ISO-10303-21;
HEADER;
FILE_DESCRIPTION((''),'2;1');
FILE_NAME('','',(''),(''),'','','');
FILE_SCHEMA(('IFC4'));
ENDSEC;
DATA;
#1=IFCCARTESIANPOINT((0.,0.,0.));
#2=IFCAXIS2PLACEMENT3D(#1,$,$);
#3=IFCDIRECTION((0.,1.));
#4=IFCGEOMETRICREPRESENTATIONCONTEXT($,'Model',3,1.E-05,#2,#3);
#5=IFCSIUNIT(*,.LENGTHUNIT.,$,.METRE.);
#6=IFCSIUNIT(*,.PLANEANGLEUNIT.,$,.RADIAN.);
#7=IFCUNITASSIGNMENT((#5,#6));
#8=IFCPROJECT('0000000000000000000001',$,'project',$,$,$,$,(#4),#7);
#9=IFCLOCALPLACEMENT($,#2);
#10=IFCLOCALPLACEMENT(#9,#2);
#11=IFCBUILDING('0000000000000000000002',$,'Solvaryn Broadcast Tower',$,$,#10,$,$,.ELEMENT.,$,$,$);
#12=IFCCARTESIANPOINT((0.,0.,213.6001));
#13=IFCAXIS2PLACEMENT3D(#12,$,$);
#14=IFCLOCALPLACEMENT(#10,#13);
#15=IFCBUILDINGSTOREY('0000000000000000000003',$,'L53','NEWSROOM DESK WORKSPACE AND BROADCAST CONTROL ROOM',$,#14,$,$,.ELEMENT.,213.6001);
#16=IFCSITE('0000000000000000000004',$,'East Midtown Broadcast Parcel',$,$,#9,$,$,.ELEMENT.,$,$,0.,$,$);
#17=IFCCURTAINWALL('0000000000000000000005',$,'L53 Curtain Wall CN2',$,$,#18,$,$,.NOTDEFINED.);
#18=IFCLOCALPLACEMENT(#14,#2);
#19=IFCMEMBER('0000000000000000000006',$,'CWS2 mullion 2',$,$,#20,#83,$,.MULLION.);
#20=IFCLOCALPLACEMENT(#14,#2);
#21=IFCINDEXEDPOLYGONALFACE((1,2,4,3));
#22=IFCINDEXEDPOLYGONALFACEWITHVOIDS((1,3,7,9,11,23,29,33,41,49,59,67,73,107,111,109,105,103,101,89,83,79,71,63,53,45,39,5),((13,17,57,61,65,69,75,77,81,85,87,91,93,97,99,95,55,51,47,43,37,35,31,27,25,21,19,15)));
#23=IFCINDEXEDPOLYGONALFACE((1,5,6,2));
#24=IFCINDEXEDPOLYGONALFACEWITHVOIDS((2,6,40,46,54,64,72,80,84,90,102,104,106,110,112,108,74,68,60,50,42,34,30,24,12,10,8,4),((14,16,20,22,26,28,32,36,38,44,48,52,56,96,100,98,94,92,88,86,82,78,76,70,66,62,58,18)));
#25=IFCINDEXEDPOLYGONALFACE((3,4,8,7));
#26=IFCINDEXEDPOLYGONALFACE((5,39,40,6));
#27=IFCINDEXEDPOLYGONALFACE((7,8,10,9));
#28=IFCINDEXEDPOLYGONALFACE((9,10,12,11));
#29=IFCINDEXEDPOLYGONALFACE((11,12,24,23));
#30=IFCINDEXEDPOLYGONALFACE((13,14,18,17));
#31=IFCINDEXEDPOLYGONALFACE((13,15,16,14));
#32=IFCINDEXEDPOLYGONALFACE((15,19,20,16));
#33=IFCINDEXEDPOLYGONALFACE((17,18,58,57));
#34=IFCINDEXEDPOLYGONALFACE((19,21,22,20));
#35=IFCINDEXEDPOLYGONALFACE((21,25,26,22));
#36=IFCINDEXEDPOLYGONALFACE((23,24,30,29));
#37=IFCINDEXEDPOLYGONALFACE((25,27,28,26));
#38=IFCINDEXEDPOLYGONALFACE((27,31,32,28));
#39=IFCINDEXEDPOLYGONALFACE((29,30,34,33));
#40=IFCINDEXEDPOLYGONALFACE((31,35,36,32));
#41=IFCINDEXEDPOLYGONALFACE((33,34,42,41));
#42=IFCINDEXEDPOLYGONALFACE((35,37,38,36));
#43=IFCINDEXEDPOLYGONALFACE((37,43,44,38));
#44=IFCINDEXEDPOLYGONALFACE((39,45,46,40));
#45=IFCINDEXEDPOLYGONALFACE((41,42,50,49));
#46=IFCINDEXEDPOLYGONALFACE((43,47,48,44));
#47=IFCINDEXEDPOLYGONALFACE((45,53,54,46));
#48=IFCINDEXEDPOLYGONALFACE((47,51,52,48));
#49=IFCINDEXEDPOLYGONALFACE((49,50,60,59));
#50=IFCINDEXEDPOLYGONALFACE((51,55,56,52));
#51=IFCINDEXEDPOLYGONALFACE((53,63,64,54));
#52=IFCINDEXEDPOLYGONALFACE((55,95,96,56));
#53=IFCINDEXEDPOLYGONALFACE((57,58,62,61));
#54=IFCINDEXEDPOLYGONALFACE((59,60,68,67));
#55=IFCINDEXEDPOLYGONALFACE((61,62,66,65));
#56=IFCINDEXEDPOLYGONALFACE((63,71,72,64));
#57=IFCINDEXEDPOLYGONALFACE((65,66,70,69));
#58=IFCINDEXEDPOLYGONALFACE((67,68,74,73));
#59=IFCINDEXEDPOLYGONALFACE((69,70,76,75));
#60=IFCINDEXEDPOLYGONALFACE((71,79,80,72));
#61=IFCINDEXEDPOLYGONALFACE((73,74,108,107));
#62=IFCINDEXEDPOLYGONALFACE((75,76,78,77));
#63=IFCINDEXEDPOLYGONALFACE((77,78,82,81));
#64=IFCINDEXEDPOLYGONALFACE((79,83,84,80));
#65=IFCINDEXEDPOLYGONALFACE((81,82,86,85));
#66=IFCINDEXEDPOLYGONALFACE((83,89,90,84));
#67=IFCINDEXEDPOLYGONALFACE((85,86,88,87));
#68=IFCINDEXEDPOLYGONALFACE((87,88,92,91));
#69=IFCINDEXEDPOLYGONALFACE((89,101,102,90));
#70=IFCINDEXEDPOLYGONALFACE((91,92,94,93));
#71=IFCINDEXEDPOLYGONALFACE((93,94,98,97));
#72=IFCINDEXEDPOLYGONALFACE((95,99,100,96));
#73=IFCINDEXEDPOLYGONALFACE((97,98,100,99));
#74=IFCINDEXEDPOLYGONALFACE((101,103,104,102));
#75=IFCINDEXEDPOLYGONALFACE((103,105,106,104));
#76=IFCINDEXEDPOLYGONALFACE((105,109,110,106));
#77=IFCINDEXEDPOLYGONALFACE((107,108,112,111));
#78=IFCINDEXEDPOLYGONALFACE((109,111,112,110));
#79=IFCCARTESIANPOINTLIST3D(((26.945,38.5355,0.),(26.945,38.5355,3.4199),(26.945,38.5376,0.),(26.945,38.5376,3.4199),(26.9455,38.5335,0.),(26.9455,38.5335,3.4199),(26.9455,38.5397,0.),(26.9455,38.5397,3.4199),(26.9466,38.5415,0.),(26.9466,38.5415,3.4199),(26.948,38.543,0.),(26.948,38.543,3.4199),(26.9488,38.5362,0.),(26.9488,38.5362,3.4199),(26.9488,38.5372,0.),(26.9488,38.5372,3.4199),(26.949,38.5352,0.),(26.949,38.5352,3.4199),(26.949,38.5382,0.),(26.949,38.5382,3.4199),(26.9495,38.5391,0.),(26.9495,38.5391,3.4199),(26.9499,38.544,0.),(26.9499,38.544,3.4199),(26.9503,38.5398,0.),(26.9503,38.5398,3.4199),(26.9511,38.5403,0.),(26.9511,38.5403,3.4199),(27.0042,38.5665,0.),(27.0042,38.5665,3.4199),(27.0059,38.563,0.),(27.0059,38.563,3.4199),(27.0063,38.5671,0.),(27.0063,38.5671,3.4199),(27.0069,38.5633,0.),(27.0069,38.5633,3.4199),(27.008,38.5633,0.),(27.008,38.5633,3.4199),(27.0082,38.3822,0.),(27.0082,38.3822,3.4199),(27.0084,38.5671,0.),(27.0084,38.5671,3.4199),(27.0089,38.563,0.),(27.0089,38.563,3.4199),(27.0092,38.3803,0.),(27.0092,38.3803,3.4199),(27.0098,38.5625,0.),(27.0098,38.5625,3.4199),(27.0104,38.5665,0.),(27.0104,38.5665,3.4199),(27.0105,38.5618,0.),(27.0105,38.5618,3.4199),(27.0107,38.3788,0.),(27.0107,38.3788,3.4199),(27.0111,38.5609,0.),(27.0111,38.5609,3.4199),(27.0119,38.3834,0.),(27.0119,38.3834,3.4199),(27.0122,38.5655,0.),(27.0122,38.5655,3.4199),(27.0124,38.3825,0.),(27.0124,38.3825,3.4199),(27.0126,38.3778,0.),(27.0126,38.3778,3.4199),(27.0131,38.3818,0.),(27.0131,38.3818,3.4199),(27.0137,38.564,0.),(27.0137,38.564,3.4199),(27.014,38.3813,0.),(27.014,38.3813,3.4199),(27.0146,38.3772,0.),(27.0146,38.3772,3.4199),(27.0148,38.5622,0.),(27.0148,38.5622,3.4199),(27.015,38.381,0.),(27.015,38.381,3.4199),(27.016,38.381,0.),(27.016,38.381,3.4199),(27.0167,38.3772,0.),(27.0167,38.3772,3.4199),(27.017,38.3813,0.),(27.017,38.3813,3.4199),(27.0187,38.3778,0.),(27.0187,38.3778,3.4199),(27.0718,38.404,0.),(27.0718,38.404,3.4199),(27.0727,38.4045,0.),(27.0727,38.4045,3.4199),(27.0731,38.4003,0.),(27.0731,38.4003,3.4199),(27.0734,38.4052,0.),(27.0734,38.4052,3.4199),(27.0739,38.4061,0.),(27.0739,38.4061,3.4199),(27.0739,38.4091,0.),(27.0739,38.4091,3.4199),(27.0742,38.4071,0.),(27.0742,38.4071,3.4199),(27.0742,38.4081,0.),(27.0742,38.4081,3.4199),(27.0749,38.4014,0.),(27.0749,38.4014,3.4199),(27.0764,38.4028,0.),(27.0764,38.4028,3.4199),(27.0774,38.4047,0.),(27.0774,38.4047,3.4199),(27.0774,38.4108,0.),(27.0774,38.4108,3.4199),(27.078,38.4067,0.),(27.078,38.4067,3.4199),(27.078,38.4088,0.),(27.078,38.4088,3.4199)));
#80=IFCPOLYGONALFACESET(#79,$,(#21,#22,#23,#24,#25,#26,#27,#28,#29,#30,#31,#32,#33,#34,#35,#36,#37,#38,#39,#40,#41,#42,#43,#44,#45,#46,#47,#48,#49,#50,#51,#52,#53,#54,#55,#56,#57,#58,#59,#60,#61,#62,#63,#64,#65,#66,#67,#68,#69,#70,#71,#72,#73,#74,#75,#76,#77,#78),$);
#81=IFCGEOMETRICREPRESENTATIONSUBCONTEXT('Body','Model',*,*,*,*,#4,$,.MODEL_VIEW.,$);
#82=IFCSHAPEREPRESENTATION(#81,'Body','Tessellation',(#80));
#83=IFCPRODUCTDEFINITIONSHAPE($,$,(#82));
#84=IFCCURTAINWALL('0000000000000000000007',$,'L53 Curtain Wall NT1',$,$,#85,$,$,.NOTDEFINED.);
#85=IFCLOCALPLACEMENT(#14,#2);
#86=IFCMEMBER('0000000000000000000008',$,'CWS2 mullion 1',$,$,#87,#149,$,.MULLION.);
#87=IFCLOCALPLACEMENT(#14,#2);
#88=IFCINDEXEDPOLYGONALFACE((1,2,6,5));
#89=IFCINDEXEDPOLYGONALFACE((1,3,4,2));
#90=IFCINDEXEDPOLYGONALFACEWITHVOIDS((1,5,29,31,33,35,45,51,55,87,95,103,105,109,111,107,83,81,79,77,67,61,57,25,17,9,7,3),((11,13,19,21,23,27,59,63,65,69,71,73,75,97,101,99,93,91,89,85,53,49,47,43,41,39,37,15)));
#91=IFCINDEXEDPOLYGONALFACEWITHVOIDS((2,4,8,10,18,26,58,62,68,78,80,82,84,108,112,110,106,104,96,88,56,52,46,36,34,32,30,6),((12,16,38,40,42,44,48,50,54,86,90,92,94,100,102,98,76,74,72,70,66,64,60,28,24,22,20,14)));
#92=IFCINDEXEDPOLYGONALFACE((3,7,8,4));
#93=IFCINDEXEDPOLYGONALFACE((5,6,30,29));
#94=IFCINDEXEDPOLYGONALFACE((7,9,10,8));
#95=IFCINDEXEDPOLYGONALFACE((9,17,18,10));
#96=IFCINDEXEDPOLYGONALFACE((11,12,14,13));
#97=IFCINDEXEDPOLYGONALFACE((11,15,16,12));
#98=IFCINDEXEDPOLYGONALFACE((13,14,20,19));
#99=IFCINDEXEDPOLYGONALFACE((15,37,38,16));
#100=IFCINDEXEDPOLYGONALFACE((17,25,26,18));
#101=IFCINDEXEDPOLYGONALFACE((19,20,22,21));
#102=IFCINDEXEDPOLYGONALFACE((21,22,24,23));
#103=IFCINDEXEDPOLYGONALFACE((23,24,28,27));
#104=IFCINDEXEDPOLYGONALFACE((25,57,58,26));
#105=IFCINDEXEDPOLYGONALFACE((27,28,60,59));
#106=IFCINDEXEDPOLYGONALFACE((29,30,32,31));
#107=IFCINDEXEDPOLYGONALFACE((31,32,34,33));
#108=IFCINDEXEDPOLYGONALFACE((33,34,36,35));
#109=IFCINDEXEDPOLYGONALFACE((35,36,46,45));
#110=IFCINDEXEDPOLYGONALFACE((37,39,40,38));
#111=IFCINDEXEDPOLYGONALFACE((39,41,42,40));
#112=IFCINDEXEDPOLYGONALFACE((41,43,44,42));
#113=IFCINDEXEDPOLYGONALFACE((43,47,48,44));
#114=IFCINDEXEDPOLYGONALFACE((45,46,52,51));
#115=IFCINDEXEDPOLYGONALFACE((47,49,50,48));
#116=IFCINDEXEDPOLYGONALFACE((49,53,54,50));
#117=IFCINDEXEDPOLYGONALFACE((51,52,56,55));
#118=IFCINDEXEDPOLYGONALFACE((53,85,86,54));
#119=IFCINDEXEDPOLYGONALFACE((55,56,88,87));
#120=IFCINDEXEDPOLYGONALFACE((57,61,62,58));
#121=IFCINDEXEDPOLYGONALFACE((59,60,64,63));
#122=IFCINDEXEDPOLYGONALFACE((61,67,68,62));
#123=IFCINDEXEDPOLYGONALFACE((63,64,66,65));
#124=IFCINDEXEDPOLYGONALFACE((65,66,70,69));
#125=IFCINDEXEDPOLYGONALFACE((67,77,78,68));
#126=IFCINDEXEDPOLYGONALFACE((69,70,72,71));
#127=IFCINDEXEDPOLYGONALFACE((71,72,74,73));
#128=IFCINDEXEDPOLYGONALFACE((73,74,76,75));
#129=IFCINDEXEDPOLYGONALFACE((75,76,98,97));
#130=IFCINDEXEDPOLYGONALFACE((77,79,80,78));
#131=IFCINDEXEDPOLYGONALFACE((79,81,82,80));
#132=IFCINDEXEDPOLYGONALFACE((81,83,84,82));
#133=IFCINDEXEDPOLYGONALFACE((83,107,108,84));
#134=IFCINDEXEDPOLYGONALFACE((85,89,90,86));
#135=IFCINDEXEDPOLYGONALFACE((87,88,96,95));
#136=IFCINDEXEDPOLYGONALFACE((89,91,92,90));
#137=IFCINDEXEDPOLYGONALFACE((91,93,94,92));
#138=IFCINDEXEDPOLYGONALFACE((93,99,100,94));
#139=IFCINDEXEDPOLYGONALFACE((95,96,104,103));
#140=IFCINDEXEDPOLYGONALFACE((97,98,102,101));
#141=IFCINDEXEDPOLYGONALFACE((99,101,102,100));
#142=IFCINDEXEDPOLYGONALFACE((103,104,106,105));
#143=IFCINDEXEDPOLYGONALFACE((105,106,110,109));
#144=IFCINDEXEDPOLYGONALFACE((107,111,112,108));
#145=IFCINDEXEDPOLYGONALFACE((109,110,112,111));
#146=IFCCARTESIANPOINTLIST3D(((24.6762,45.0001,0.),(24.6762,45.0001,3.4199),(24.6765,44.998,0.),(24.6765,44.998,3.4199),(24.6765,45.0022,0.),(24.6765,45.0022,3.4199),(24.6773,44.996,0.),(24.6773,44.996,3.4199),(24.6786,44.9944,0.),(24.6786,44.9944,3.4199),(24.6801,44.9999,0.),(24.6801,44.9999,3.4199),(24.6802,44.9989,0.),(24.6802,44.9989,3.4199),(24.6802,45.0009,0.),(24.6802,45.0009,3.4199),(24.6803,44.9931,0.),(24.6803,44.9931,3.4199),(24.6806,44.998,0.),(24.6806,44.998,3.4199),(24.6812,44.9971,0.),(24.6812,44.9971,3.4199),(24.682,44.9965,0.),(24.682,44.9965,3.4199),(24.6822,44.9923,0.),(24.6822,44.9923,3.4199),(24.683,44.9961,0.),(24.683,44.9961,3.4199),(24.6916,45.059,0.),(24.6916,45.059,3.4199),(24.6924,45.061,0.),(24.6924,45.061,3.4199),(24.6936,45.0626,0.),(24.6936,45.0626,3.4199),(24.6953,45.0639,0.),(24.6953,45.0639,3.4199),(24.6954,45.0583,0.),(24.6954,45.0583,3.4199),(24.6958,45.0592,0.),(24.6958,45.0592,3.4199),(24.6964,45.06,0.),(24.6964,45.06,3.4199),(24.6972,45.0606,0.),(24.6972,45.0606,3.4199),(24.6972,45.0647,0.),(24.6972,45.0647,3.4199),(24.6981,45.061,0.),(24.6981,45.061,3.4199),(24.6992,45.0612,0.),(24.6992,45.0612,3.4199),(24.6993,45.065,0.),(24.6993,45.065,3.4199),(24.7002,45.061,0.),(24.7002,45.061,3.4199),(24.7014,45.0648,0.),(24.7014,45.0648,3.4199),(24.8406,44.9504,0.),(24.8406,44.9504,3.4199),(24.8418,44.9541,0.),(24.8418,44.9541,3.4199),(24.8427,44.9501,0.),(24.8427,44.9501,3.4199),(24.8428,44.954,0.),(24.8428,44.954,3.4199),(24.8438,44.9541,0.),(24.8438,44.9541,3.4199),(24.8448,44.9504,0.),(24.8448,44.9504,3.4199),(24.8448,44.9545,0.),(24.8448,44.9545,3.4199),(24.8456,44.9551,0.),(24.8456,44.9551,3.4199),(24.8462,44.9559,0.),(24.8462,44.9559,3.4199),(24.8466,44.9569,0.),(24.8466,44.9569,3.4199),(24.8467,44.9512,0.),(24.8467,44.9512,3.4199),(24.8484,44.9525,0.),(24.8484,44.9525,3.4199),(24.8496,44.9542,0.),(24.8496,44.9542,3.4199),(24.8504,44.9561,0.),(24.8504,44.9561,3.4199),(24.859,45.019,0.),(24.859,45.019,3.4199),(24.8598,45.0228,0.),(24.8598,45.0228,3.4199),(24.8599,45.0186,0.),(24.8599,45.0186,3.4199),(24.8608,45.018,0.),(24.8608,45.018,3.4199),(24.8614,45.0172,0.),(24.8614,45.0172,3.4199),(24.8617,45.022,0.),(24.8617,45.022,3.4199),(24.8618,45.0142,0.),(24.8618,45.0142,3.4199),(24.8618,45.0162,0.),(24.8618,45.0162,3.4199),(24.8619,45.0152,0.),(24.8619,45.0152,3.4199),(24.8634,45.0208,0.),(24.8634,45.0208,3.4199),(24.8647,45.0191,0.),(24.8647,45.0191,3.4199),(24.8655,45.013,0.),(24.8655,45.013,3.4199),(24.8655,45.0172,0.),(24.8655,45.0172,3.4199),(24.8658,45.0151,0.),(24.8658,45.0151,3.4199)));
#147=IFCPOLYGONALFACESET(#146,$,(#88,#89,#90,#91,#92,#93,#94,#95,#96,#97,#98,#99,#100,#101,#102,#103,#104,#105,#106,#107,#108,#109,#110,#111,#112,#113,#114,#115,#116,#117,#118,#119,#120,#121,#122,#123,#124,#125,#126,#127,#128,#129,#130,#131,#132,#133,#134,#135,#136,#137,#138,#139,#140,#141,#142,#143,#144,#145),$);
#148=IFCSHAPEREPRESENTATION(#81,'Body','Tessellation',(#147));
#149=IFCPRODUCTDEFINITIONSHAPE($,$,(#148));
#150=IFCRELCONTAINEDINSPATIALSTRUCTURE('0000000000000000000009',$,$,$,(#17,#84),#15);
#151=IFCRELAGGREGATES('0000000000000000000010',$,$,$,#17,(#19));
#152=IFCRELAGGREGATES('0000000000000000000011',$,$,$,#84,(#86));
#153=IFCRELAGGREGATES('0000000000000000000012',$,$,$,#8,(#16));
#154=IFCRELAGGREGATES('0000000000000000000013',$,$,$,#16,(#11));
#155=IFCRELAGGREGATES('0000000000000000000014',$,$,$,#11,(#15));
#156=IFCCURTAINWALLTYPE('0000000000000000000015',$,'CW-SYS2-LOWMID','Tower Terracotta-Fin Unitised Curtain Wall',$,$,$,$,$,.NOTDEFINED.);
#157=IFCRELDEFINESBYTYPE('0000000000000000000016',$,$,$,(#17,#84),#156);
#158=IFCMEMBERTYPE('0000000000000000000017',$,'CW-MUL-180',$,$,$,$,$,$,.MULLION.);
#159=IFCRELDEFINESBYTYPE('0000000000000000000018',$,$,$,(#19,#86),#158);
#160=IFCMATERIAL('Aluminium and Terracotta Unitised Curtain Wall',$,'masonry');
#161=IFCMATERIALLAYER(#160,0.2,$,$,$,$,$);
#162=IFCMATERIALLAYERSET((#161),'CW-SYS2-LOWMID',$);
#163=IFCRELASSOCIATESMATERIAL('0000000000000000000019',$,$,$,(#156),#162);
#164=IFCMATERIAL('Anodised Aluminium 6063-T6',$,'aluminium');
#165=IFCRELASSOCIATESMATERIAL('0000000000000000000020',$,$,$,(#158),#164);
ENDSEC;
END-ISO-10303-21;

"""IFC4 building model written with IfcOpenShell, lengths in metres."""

from ifc_helpers import new_model, si_unit, direction, frame, origin, origin_2d, place, context, subcontext, project, spatial, hollow_rectangle, extrude, material, layer, layer_set, material_profile, profile_set, type_object, element, aggregate, save


model = new_model("IFC4")

# Units and contexts
model_context = context("Model", 3, precision=1e-05, world=origin(), true_north=direction((0.0, 1.0)))
body_context = subcontext(model_context, "Body", "Model", "MODEL_VIEW")
ifc_project = project(units=[si_unit("LENGTHUNIT", "METRE"), si_unit("PLANEANGLEUNIT", "RADIAN")], contexts=[model_context])

# Site, building, storey
site_placement = place(None, origin())
site = spatial("IfcSite", under=ifc_project, at=site_placement, Name="East Midtown Broadcast Parcel", CompositionType="ELEMENT", RefElevation=0.0)
building_placement = place(site_placement, origin())
building = spatial("IfcBuilding", under=site, at=building_placement, Name="Solvaryn Broadcast Tower", CompositionType="ELEMENT")
storey_placement = place(building_placement, frame((0.0, 0.0, 213.6001)))
storey = spatial("IfcBuildingStorey", under=building, at=storey_placement, Name="L53", Description="NEWSROOM DESK WORKSPACE AND BROADCAST CONTROL ROOM", CompositionType="ELEMENT", Elevation=213.6001)

# Shared definitions
ifc_material_1 = material(Name="Aluminium and Terracotta Unitised Curtain Wall", Category="masonry")
ifc_layer_1 = layer(ifc_material_1, 0.2)
ifc_layer_set_1 = layer_set([ifc_layer_1], Name="CW-SYS2-LOWMID")
curtain_wall_type = type_object("IfcCurtainWallType", Name="CW-SYS2-LOWMID", Description="Tower Terracotta-Fin Unitised Curtain Wall", PredefinedType="NOTDEFINED", material=ifc_layer_set_1)
ifc_material_2 = material(Name="Anodised Aluminium 6063-T6", Category="aluminium")
ifc_material_profile_1 = material_profile(ifc_material_2, hollow_rectangle(XDim=0.075, YDim=0.1799, WallThickness=0.0039, InnerFilletRadius=0.0039, OuterFilletRadius=0.0081, at=origin_2d()))
ifc_profile_set_1 = profile_set([ifc_material_profile_1], Name="Anodised Aluminium 6063-T6")
member_type_1 = type_object("IfcMemberType", Name="CW-MUL-180", PredefinedType="MULLION", material=ifc_profile_set_1)

# Curtain walls, members
curtain_wall_1_placement = place(storey_placement, origin())
curtain_wall_1 = element("IfcCurtainWall", 1, at=curtain_wall_1_placement, inside=storey, type_object=curtain_wall_type, Name="L53 Curtain Wall CN2", PredefinedType="NOTDEFINED")
member_1_placement = place(storey_placement, frame((27.0115, 38.4722, 0.0), z_axis=(0.0, 0.0, 1.0), x_axis=(-0.923895, -0.382646, 0.0)))
member_1 = element("IfcMember", 2, at=member_1_placement, type_object=member_type_1, Name="CWS2 mullion 2", PredefinedType="MULLION", context=body_context, shape_type="SweptSolid", body=[
    extrude(hollow_rectangle(XDim=0.075, YDim=0.1799, WallThickness=0.0039, InnerFilletRadius=0.0039, OuterFilletRadius=0.0081, at=origin_2d()), origin(), (0.0, 0.0, 1.0), 3.4199),
])
aggregate(curtain_wall_1, [member_1])
curtain_wall_2_placement = place(storey_placement, origin())
curtain_wall_2 = element("IfcCurtainWall", 3, at=curtain_wall_2_placement, inside=storey, type_object=curtain_wall_type, Name="L53 Curtain Wall NT1", PredefinedType="NOTDEFINED")
member_2_placement = place(storey_placement, frame((24.771, 45.0076, 0.0), z_axis=(0.0, 0.0, 1.0), x_axis=(-0.255893, -0.966705, 0.0)))
member_2 = element("IfcMember", 4, at=member_2_placement, type_object=member_type_1, Name="CWS2 mullion 1", PredefinedType="MULLION", context=body_context, shape_type="SweptSolid", body=[
    extrude(hollow_rectangle(XDim=0.075, YDim=0.1799, WallThickness=0.0039, InnerFilletRadius=0.0039, OuterFilletRadius=0.0081, at=origin_2d()), origin(), (0.0, 0.0, 1.0), 3.4199),
])

aggregate(curtain_wall_2, [member_2])

save(model, "model.ifc")
